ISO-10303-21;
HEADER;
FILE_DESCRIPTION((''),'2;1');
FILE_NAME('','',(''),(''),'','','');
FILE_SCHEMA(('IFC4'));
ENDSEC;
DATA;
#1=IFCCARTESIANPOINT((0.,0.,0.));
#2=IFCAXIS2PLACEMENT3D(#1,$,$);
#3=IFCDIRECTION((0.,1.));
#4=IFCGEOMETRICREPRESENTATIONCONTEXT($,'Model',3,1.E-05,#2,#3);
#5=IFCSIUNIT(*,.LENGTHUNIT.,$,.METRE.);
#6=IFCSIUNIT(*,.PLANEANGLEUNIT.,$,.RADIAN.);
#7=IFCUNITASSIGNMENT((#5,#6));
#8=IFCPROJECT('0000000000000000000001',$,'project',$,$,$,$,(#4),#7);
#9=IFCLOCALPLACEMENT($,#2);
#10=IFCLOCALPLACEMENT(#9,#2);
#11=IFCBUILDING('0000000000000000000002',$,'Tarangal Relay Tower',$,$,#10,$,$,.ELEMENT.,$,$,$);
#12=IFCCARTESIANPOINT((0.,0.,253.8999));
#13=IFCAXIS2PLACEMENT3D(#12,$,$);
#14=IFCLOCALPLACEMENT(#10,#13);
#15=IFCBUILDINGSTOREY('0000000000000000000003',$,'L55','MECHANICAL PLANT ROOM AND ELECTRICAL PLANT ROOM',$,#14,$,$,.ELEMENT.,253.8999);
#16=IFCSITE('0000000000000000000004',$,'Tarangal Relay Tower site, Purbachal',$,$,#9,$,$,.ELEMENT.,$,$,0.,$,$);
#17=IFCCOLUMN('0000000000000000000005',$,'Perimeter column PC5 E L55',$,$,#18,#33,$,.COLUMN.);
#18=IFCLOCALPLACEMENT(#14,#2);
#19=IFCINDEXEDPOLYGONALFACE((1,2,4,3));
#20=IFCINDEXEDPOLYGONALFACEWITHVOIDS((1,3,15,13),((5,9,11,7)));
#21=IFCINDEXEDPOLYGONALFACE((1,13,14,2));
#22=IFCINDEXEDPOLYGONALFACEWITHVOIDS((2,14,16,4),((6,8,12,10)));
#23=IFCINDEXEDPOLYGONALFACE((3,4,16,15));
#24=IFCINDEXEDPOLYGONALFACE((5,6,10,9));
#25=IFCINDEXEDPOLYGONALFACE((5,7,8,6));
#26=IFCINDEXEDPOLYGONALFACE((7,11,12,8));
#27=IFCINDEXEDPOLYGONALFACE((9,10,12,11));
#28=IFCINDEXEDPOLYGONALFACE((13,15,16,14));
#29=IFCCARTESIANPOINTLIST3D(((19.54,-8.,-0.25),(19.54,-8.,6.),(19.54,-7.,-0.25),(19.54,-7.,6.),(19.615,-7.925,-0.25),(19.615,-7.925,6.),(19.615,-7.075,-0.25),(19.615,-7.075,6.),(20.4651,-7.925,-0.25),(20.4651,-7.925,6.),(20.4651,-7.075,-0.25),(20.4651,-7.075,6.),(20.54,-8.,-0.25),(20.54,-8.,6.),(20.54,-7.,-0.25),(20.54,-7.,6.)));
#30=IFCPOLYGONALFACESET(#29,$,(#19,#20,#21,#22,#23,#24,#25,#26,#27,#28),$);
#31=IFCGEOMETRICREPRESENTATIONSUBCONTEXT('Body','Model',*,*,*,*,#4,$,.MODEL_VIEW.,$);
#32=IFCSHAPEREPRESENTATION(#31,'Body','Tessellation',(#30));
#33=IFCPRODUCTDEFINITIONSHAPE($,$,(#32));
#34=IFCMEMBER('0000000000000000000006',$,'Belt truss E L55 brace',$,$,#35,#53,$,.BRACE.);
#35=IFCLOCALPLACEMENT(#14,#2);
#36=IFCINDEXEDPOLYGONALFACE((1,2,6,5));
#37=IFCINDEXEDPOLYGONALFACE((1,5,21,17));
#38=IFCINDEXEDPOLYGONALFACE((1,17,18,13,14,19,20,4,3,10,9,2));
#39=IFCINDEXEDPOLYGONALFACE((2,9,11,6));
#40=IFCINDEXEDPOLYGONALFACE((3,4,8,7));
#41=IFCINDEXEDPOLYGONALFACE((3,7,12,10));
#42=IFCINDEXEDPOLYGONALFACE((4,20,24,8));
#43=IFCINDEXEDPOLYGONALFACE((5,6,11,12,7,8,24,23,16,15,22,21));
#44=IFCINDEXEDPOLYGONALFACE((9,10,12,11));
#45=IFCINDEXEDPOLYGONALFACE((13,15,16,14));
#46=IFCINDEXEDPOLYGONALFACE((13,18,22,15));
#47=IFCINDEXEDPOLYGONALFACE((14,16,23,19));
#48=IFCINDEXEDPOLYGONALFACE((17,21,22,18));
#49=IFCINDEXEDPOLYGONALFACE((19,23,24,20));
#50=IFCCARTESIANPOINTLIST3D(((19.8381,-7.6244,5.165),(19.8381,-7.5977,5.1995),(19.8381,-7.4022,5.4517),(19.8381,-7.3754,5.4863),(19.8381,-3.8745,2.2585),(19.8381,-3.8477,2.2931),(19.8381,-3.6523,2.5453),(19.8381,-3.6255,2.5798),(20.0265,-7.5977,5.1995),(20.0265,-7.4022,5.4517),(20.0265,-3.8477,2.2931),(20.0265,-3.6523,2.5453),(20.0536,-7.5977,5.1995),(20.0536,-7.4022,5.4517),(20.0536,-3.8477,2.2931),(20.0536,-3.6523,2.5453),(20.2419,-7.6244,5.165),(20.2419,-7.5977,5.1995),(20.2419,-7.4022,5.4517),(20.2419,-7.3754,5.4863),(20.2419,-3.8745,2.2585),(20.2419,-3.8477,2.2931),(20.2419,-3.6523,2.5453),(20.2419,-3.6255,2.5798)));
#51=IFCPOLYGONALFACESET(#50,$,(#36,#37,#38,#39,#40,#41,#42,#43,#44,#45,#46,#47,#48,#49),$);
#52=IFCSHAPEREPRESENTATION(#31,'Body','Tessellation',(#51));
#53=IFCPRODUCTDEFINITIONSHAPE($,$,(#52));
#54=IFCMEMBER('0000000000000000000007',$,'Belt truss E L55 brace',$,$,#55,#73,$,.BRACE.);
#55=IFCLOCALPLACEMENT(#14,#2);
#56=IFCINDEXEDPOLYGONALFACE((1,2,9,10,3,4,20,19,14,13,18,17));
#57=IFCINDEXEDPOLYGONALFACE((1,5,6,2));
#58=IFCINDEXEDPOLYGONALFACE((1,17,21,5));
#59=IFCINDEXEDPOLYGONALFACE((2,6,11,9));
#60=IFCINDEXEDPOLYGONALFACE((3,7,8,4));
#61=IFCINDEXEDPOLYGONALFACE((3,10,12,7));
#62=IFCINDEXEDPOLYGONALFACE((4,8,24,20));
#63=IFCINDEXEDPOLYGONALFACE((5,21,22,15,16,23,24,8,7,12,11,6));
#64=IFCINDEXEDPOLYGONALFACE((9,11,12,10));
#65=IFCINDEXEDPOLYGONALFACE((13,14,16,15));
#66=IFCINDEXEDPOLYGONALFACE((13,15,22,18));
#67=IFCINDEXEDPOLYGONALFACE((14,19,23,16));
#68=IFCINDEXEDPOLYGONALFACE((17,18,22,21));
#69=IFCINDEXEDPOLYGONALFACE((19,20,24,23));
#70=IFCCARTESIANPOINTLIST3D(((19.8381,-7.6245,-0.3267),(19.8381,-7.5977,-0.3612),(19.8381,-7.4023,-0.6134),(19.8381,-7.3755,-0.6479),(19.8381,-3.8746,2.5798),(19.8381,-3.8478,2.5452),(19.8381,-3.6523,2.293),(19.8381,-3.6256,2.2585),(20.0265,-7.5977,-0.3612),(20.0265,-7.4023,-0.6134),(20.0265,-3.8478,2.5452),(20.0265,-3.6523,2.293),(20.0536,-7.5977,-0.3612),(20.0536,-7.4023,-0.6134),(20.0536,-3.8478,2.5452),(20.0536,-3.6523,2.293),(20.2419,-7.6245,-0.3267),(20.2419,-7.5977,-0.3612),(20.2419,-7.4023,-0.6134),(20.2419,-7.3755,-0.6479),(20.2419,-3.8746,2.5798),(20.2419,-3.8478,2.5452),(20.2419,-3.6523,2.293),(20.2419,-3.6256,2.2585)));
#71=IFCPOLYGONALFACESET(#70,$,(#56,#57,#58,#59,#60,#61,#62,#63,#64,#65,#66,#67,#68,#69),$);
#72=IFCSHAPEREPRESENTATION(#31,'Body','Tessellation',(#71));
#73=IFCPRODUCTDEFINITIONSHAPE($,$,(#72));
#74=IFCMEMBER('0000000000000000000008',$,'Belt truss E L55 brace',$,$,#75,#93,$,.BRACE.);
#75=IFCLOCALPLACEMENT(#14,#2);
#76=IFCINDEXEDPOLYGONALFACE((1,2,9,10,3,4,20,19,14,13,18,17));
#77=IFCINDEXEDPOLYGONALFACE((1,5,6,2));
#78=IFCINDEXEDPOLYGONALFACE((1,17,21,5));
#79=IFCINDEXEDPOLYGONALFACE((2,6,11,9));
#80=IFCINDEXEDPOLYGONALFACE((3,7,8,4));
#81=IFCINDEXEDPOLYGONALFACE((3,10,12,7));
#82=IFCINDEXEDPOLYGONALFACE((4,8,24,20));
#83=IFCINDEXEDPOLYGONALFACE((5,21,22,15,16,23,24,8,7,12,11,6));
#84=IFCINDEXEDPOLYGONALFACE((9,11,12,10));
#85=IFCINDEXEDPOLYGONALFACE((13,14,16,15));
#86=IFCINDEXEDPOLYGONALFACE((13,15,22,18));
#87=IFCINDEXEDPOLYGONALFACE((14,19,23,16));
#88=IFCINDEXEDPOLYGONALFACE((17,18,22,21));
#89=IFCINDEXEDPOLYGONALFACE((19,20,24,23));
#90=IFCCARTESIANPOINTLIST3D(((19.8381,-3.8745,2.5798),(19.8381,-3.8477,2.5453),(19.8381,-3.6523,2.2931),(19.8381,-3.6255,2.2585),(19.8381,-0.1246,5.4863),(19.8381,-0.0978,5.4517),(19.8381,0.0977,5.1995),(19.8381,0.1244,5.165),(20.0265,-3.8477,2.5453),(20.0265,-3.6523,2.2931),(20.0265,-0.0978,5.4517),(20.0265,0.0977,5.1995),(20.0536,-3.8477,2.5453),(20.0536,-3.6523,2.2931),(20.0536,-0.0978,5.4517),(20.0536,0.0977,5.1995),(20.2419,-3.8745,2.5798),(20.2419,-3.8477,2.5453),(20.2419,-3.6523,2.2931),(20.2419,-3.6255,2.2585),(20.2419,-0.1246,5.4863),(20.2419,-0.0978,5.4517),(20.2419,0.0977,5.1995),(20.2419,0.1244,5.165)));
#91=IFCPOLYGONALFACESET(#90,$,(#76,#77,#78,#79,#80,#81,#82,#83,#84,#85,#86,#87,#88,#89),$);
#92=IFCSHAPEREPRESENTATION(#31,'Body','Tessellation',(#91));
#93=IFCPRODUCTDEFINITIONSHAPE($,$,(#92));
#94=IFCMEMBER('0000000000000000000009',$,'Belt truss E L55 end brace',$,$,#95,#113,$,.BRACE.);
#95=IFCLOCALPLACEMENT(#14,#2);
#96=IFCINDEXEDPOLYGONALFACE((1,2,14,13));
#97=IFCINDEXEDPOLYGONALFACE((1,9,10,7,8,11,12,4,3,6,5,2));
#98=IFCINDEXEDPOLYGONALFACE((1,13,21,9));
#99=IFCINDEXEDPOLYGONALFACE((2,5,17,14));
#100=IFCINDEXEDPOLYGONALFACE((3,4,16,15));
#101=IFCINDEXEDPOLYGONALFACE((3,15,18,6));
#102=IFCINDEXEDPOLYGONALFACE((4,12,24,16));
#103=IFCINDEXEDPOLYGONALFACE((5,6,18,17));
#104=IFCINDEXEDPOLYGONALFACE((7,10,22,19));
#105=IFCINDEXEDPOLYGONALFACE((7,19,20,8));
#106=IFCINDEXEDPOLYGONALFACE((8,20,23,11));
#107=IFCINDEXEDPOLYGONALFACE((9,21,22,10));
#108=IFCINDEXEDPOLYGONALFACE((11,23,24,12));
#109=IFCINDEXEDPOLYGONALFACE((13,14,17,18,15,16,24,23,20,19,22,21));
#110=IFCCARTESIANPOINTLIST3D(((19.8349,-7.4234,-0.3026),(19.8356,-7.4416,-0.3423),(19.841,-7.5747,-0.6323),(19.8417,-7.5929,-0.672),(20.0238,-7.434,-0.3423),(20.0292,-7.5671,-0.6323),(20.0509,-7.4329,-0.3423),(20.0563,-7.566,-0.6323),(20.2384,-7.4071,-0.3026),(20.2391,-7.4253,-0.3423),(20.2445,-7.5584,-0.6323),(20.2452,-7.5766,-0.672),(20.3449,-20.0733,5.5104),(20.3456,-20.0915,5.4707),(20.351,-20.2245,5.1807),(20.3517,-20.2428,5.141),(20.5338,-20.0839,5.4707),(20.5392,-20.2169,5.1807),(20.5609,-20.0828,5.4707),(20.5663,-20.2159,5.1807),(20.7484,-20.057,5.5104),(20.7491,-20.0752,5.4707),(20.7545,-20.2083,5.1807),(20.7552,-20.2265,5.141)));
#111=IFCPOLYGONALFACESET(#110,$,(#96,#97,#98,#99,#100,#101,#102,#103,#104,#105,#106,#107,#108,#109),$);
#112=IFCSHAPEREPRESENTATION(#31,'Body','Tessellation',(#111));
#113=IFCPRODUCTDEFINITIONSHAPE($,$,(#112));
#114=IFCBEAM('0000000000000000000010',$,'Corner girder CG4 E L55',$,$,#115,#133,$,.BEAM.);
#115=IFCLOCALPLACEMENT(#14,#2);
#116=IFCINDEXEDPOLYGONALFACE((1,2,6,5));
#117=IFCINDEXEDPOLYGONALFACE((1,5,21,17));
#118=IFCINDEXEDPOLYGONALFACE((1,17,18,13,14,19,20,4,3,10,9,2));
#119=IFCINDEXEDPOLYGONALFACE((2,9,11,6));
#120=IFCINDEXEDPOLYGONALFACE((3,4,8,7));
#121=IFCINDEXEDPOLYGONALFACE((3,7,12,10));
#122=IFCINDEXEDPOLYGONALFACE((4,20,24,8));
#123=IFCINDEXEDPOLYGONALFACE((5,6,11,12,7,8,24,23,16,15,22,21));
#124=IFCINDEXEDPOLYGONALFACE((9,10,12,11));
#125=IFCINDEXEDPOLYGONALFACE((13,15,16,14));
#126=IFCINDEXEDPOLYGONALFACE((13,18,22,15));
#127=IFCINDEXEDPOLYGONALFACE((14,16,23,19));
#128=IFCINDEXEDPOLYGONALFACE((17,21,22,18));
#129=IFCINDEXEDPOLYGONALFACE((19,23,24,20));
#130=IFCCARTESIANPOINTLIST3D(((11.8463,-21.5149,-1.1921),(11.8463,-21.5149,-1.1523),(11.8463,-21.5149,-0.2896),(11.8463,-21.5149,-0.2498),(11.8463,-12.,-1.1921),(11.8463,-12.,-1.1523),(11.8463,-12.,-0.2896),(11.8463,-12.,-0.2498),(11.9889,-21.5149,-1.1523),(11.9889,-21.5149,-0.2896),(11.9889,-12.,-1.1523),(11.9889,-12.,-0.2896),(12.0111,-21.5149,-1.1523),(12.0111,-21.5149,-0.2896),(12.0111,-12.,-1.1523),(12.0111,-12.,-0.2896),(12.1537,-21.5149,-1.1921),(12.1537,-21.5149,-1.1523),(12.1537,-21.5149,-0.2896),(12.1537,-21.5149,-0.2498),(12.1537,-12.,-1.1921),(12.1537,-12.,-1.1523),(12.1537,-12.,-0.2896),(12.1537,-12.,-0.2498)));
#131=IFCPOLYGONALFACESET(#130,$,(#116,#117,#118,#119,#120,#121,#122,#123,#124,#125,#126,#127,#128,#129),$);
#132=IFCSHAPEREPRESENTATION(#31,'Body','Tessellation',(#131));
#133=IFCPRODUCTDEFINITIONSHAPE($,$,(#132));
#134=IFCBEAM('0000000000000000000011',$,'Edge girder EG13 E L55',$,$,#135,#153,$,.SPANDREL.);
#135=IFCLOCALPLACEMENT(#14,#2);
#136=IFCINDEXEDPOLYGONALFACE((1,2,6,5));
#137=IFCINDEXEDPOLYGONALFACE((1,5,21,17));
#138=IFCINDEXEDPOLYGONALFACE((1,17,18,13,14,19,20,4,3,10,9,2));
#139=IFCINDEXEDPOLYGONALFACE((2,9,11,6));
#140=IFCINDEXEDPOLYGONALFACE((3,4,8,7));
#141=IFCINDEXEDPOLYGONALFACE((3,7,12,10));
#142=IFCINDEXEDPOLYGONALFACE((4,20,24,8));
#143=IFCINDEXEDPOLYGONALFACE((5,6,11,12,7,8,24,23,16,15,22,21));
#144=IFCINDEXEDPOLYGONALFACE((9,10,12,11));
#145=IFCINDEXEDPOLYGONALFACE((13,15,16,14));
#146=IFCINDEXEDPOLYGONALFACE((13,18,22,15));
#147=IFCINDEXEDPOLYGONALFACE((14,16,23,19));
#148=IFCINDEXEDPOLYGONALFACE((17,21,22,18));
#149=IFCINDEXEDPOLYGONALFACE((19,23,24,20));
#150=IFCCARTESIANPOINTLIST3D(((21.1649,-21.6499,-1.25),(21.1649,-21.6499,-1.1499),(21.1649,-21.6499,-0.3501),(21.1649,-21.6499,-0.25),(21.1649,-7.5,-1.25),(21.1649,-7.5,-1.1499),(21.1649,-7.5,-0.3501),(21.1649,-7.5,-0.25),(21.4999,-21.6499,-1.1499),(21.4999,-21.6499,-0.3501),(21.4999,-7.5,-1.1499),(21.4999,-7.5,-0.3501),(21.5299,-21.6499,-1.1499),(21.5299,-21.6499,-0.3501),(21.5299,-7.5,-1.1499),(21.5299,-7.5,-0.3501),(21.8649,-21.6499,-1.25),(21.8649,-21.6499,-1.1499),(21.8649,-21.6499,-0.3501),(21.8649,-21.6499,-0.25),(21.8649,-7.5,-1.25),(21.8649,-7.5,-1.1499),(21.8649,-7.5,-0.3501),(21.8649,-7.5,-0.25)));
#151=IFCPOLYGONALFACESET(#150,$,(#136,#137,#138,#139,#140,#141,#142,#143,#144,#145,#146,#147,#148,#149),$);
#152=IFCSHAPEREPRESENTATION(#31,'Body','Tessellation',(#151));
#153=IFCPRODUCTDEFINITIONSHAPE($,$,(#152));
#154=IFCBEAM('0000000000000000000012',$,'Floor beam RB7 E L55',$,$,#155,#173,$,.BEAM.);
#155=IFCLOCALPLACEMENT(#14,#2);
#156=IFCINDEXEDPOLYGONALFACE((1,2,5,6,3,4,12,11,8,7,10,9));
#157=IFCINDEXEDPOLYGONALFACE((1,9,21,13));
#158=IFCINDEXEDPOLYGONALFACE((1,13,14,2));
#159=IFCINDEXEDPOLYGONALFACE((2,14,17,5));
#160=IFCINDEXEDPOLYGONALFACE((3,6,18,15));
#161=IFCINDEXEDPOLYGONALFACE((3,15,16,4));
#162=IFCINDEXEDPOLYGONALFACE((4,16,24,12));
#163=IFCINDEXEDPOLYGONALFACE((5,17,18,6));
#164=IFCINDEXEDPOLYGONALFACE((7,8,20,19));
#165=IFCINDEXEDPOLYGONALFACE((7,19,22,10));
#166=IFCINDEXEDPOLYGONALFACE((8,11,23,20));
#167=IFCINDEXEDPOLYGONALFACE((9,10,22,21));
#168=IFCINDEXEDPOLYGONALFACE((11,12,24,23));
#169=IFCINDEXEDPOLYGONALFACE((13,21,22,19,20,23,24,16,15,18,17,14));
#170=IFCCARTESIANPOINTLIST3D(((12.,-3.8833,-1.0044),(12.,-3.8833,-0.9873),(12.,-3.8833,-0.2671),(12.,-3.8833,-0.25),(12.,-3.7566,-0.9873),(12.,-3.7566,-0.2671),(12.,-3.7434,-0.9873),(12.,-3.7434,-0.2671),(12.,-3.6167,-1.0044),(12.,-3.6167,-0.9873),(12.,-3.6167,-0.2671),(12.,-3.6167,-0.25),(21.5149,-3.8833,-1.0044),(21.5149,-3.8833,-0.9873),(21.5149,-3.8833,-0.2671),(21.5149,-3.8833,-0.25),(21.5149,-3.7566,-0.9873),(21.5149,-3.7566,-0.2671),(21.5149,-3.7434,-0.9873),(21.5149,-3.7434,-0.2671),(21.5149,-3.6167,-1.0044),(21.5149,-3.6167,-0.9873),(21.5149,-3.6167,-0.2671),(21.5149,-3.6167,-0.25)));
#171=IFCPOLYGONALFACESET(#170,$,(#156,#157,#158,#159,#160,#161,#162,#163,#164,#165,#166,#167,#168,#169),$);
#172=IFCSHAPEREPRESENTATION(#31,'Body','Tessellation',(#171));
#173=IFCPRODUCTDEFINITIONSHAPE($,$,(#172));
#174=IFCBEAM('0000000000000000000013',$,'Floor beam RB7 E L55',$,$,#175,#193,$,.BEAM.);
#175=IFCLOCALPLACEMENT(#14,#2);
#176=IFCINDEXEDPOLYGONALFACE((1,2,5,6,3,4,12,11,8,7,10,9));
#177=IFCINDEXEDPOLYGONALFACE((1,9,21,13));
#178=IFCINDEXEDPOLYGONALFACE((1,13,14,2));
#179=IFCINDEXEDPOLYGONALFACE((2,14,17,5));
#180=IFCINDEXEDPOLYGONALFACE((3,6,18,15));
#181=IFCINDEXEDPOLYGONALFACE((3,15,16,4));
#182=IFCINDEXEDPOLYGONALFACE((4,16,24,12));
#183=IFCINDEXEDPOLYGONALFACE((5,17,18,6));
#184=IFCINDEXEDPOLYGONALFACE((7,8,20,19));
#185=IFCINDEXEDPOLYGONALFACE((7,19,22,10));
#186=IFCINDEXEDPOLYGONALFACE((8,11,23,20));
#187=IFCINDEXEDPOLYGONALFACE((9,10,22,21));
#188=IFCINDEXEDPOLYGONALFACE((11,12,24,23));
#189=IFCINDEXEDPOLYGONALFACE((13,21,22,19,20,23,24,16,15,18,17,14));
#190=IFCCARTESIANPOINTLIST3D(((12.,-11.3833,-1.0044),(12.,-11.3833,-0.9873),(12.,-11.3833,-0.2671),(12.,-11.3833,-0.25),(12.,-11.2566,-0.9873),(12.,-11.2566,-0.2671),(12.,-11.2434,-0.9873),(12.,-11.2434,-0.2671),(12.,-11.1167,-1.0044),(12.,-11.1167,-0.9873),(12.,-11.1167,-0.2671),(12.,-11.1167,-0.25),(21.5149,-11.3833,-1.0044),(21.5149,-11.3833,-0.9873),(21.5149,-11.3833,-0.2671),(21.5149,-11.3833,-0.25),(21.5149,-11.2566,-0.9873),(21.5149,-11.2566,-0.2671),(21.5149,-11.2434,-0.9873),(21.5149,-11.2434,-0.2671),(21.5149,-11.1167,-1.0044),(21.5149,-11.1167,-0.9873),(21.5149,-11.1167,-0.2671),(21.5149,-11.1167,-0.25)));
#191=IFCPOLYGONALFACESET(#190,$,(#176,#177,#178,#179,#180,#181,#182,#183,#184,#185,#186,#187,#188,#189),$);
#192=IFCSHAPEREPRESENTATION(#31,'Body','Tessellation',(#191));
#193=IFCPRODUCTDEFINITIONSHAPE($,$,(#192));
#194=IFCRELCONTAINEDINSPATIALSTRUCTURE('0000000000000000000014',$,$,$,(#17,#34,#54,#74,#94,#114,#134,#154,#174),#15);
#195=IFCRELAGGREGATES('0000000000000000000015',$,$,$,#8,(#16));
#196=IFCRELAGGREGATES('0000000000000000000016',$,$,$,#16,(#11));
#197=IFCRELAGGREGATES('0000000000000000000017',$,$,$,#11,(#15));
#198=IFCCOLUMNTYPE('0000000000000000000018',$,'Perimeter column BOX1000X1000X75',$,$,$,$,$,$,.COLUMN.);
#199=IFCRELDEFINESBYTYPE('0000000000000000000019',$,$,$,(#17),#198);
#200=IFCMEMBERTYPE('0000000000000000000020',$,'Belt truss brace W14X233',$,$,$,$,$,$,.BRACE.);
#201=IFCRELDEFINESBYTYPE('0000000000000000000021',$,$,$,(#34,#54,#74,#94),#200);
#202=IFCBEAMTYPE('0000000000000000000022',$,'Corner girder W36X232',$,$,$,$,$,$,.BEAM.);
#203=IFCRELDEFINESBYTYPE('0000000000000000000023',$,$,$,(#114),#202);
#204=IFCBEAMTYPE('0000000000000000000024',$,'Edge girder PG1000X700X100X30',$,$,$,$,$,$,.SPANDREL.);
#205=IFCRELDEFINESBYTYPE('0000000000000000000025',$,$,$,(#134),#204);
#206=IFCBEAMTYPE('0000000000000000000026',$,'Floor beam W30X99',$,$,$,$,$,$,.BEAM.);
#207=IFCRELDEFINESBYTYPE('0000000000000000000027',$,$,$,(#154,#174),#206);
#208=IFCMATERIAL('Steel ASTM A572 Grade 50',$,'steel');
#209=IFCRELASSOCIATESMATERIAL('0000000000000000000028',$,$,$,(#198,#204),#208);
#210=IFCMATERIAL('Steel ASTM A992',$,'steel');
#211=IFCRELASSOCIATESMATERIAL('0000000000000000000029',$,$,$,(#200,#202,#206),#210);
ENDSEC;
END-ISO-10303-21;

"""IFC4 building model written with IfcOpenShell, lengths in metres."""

from ifc_helpers import new_model, si_unit, direction, frame, origin, origin_2d, place, context, subcontext, project, spatial, hollow_rectangle, i_section, extrude, material, material_profile, profile_set, type_object, element, save


model = new_model("IFC4")

# Units and contexts
model_context = context("Model", 3, precision=1e-05, world=origin(), true_north=direction((0.0, 1.0)))
body_context = subcontext(model_context, "Body", "Model", "MODEL_VIEW")
ifc_project = project(units=[si_unit("LENGTHUNIT", "METRE"), si_unit("PLANEANGLEUNIT", "RADIAN")], contexts=[model_context])

# Site, building, storey
site_placement = place(None, origin())
site = spatial("IfcSite", under=ifc_project, at=site_placement, Name="Tarangal Relay Tower site, Purbachal", CompositionType="ELEMENT", RefElevation=0.0)
building_placement = place(site_placement, origin())
building = spatial("IfcBuilding", under=site, at=building_placement, Name="Tarangal Relay Tower", CompositionType="ELEMENT")
storey_placement = place(building_placement, frame((0.0, 0.0, 253.8999)))
storey = spatial("IfcBuildingStorey", under=building, at=storey_placement, Name="L55", Description="MECHANICAL PLANT ROOM AND ELECTRICAL PLANT ROOM", CompositionType="ELEMENT", Elevation=253.8999)

# Column
ifc_material_1 = material(Name="Steel ASTM A572 Grade 50", Category="steel")
ifc_material_profile_1 = material_profile(ifc_material_1, hollow_rectangle(XDim=1.0, YDim=1.0, WallThickness=0.075, at=origin_2d()), Name="BOX1000X1000X75")
ifc_profile_set_1 = profile_set([ifc_material_profile_1], Name="Steel ASTM A572 Grade 50")
column_type = type_object("IfcColumnType", Name="Perimeter column BOX1000X1000X75", PredefinedType="COLUMN", material=ifc_profile_set_1)
column_placement = place(storey_placement, frame((20.04, -7.5, -0.25), z_axis=(0.0, 0.0, 1.0), x_axis=(1.0, 0.0, 0.0)))
element("IfcColumn", 1, at=column_placement, inside=storey, type_object=column_type, Name="Perimeter column PC5 E L55", PredefinedType="COLUMN", context=body_context, shape_type="SweptSolid", body=[
    extrude(hollow_rectangle(XDim=1.0, YDim=1.0, WallThickness=0.075, at=origin_2d()), origin(), (0.0, 0.0, 1.0), 6.25),
])

# Members
ifc_material_2 = material(Name="Steel ASTM A992", Category="steel")
ifc_material_profile_2 = material_profile(ifc_material_2, i_section(OverallWidth=0.4038, OverallDepth=0.4065, WebThickness=0.0271, FlangeThickness=0.0437, at=origin_2d()), Name="W14X233")
ifc_profile_set_2 = profile_set([ifc_material_profile_2], Name="Steel ASTM A992")
member_type_1 = type_object("IfcMemberType", Name="Belt truss brace W14X233", PredefinedType="BRACE", material=ifc_profile_set_2)
for number, where, z_axis, x_axis, name in (
    (2, (20.04, -3.75, 2.4192), (0.0, -0.79039, 0.612604), (1.0, 0.0, 0.0), "Belt truss E L55 brace"),
    (3, (20.04, -7.5, -0.4873), (0.0, 0.79039, 0.612604), (-1.0, 0.0, 0.0), "Belt truss E L55 brace"),
    (4, (20.04, -3.75, 2.4192), (0.0, 0.79039, 0.612604), (-1.0, 0.0, 0.0), "Belt truss E L55 brace"),
):
    element("IfcMember", number, at=place(storey_placement, frame(where, z_axis=z_axis, x_axis=x_axis)), inside=storey, type_object=member_type_1, Name=name, PredefinedType="BRACE", context=body_context, shape_type="SweptSolid", body=[
        extrude(i_section(OverallWidth=0.4038, OverallDepth=0.4065, WebThickness=0.0271, FlangeThickness=0.0437, at=origin_2d()), origin(), (0.0, 0.0, 1.0), 4.7444),
    ])
member_1_placement = place(storey_placement, frame((20.04, -7.5, -0.4873), z_axis=(0.03661, -0.908044, 0.417272), x_axis=(0.999188, 0.040285, 0.0)))
element("IfcMember", 5, at=member_1_placement, inside=storey, type_object=member_type_1, Name="Belt truss E L55 end brace", PredefinedType="BRACE", context=body_context, shape_type="SweptSolid", body=[
    extrude(i_section(OverallWidth=0.4038, OverallDepth=0.4065, WebThickness=0.0271, FlangeThickness=0.0437, at=origin_2d()), origin(), (0.0, 0.0, 1.0), 13.9309),
])

# Beams
ifc_material_profile_3 = material_profile(ifc_material_2, i_section(OverallWidth=0.3074, OverallDepth=0.9424, WebThickness=0.0222, FlangeThickness=0.0398, at=origin_2d()), Name="W36X232")
ifc_profile_set_3 = profile_set([ifc_material_profile_3], Name="Steel ASTM A992")
beam_type_1 = type_object("IfcBeamType", Name="Corner girder W36X232", PredefinedType="BEAM", material=ifc_profile_set_3)
beam_1_placement = place(storey_placement, frame((12.0, -12.0, -0.7209), z_axis=(0.0, -1.0, 0.0), x_axis=(1.0, 0.0, 0.0)))
element("IfcBeam", 6, at=beam_1_placement, inside=storey, type_object=beam_type_1, Name="Corner girder CG4 E L55", PredefinedType="BEAM", context=body_context, shape_type="SweptSolid", body=[
    extrude(i_section(OverallWidth=0.3074, OverallDepth=0.9424, WebThickness=0.0222, FlangeThickness=0.0398, at=origin_2d()), origin(), (0.0, 0.0, 1.0), 9.5149),
])
ifc_material_profile_4 = material_profile(ifc_material_1, i_section(OverallWidth=0.7, OverallDepth=1.0, WebThickness=0.03, FlangeThickness=0.1001, at=origin_2d()), Name="PG1000X700X100X30")
ifc_profile_set_4 = profile_set([ifc_material_profile_4], Name="Steel ASTM A572 Grade 50")
beam_type_2 = type_object("IfcBeamType", Name="Edge girder PG1000X700X100X30", PredefinedType="SPANDREL", material=ifc_profile_set_4)
beam_2_placement = place(storey_placement, frame((21.5149, -7.5, -0.75), z_axis=(0.0, -1.0, 0.0), x_axis=(1.0, 0.0, 0.0)))
element("IfcBeam", 7, at=beam_2_placement, inside=storey, type_object=beam_type_2, Name="Edge girder EG13 E L55", PredefinedType="SPANDREL", context=body_context, shape_type="SweptSolid", body=[
    extrude(i_section(OverallWidth=0.7, OverallDepth=1.0, WebThickness=0.03, FlangeThickness=0.1001, at=origin_2d()), origin(), (0.0, 0.0, 1.0), 14.1499),
])
ifc_material_profile_5 = material_profile(ifc_material_2, i_section(OverallWidth=0.2666, OverallDepth=0.7544, WebThickness=0.0132, FlangeThickness=0.0171, at=origin_2d()), Name="W30X99")
ifc_profile_set_5 = profile_set([ifc_material_profile_5], Name="Steel ASTM A992")
beam_type_3 = type_object("IfcBeamType", Name="Floor beam W30X99", PredefinedType="BEAM", material=ifc_profile_set_5)
for number, where, z_axis, x_axis, name in (
    (8, (12.0, -3.75, -0.6272), (1.0, 0.0, 0.0), (0.0, 1.0, 0.0), "Floor beam RB7 E L55"),
    (9, (12.0, -11.25, -0.6272), (1.0, 0.0, 0.0), (0.0, 1.0, 0.0), "Floor beam RB7 E L55"),
):
    element("IfcBeam", number, at=place(storey_placement, frame(where, z_axis=z_axis, x_axis=x_axis)), inside=storey, type_object=beam_type_3, Name=name, PredefinedType="BEAM", context=body_context, shape_type="SweptSolid", body=[
        extrude(i_section(OverallWidth=0.2666, OverallDepth=0.7544, WebThickness=0.0132, FlangeThickness=0.0171, at=origin_2d()), origin(), (0.0, 0.0, 1.0), 9.5149),
    ])

save(model, "model.ifc")
